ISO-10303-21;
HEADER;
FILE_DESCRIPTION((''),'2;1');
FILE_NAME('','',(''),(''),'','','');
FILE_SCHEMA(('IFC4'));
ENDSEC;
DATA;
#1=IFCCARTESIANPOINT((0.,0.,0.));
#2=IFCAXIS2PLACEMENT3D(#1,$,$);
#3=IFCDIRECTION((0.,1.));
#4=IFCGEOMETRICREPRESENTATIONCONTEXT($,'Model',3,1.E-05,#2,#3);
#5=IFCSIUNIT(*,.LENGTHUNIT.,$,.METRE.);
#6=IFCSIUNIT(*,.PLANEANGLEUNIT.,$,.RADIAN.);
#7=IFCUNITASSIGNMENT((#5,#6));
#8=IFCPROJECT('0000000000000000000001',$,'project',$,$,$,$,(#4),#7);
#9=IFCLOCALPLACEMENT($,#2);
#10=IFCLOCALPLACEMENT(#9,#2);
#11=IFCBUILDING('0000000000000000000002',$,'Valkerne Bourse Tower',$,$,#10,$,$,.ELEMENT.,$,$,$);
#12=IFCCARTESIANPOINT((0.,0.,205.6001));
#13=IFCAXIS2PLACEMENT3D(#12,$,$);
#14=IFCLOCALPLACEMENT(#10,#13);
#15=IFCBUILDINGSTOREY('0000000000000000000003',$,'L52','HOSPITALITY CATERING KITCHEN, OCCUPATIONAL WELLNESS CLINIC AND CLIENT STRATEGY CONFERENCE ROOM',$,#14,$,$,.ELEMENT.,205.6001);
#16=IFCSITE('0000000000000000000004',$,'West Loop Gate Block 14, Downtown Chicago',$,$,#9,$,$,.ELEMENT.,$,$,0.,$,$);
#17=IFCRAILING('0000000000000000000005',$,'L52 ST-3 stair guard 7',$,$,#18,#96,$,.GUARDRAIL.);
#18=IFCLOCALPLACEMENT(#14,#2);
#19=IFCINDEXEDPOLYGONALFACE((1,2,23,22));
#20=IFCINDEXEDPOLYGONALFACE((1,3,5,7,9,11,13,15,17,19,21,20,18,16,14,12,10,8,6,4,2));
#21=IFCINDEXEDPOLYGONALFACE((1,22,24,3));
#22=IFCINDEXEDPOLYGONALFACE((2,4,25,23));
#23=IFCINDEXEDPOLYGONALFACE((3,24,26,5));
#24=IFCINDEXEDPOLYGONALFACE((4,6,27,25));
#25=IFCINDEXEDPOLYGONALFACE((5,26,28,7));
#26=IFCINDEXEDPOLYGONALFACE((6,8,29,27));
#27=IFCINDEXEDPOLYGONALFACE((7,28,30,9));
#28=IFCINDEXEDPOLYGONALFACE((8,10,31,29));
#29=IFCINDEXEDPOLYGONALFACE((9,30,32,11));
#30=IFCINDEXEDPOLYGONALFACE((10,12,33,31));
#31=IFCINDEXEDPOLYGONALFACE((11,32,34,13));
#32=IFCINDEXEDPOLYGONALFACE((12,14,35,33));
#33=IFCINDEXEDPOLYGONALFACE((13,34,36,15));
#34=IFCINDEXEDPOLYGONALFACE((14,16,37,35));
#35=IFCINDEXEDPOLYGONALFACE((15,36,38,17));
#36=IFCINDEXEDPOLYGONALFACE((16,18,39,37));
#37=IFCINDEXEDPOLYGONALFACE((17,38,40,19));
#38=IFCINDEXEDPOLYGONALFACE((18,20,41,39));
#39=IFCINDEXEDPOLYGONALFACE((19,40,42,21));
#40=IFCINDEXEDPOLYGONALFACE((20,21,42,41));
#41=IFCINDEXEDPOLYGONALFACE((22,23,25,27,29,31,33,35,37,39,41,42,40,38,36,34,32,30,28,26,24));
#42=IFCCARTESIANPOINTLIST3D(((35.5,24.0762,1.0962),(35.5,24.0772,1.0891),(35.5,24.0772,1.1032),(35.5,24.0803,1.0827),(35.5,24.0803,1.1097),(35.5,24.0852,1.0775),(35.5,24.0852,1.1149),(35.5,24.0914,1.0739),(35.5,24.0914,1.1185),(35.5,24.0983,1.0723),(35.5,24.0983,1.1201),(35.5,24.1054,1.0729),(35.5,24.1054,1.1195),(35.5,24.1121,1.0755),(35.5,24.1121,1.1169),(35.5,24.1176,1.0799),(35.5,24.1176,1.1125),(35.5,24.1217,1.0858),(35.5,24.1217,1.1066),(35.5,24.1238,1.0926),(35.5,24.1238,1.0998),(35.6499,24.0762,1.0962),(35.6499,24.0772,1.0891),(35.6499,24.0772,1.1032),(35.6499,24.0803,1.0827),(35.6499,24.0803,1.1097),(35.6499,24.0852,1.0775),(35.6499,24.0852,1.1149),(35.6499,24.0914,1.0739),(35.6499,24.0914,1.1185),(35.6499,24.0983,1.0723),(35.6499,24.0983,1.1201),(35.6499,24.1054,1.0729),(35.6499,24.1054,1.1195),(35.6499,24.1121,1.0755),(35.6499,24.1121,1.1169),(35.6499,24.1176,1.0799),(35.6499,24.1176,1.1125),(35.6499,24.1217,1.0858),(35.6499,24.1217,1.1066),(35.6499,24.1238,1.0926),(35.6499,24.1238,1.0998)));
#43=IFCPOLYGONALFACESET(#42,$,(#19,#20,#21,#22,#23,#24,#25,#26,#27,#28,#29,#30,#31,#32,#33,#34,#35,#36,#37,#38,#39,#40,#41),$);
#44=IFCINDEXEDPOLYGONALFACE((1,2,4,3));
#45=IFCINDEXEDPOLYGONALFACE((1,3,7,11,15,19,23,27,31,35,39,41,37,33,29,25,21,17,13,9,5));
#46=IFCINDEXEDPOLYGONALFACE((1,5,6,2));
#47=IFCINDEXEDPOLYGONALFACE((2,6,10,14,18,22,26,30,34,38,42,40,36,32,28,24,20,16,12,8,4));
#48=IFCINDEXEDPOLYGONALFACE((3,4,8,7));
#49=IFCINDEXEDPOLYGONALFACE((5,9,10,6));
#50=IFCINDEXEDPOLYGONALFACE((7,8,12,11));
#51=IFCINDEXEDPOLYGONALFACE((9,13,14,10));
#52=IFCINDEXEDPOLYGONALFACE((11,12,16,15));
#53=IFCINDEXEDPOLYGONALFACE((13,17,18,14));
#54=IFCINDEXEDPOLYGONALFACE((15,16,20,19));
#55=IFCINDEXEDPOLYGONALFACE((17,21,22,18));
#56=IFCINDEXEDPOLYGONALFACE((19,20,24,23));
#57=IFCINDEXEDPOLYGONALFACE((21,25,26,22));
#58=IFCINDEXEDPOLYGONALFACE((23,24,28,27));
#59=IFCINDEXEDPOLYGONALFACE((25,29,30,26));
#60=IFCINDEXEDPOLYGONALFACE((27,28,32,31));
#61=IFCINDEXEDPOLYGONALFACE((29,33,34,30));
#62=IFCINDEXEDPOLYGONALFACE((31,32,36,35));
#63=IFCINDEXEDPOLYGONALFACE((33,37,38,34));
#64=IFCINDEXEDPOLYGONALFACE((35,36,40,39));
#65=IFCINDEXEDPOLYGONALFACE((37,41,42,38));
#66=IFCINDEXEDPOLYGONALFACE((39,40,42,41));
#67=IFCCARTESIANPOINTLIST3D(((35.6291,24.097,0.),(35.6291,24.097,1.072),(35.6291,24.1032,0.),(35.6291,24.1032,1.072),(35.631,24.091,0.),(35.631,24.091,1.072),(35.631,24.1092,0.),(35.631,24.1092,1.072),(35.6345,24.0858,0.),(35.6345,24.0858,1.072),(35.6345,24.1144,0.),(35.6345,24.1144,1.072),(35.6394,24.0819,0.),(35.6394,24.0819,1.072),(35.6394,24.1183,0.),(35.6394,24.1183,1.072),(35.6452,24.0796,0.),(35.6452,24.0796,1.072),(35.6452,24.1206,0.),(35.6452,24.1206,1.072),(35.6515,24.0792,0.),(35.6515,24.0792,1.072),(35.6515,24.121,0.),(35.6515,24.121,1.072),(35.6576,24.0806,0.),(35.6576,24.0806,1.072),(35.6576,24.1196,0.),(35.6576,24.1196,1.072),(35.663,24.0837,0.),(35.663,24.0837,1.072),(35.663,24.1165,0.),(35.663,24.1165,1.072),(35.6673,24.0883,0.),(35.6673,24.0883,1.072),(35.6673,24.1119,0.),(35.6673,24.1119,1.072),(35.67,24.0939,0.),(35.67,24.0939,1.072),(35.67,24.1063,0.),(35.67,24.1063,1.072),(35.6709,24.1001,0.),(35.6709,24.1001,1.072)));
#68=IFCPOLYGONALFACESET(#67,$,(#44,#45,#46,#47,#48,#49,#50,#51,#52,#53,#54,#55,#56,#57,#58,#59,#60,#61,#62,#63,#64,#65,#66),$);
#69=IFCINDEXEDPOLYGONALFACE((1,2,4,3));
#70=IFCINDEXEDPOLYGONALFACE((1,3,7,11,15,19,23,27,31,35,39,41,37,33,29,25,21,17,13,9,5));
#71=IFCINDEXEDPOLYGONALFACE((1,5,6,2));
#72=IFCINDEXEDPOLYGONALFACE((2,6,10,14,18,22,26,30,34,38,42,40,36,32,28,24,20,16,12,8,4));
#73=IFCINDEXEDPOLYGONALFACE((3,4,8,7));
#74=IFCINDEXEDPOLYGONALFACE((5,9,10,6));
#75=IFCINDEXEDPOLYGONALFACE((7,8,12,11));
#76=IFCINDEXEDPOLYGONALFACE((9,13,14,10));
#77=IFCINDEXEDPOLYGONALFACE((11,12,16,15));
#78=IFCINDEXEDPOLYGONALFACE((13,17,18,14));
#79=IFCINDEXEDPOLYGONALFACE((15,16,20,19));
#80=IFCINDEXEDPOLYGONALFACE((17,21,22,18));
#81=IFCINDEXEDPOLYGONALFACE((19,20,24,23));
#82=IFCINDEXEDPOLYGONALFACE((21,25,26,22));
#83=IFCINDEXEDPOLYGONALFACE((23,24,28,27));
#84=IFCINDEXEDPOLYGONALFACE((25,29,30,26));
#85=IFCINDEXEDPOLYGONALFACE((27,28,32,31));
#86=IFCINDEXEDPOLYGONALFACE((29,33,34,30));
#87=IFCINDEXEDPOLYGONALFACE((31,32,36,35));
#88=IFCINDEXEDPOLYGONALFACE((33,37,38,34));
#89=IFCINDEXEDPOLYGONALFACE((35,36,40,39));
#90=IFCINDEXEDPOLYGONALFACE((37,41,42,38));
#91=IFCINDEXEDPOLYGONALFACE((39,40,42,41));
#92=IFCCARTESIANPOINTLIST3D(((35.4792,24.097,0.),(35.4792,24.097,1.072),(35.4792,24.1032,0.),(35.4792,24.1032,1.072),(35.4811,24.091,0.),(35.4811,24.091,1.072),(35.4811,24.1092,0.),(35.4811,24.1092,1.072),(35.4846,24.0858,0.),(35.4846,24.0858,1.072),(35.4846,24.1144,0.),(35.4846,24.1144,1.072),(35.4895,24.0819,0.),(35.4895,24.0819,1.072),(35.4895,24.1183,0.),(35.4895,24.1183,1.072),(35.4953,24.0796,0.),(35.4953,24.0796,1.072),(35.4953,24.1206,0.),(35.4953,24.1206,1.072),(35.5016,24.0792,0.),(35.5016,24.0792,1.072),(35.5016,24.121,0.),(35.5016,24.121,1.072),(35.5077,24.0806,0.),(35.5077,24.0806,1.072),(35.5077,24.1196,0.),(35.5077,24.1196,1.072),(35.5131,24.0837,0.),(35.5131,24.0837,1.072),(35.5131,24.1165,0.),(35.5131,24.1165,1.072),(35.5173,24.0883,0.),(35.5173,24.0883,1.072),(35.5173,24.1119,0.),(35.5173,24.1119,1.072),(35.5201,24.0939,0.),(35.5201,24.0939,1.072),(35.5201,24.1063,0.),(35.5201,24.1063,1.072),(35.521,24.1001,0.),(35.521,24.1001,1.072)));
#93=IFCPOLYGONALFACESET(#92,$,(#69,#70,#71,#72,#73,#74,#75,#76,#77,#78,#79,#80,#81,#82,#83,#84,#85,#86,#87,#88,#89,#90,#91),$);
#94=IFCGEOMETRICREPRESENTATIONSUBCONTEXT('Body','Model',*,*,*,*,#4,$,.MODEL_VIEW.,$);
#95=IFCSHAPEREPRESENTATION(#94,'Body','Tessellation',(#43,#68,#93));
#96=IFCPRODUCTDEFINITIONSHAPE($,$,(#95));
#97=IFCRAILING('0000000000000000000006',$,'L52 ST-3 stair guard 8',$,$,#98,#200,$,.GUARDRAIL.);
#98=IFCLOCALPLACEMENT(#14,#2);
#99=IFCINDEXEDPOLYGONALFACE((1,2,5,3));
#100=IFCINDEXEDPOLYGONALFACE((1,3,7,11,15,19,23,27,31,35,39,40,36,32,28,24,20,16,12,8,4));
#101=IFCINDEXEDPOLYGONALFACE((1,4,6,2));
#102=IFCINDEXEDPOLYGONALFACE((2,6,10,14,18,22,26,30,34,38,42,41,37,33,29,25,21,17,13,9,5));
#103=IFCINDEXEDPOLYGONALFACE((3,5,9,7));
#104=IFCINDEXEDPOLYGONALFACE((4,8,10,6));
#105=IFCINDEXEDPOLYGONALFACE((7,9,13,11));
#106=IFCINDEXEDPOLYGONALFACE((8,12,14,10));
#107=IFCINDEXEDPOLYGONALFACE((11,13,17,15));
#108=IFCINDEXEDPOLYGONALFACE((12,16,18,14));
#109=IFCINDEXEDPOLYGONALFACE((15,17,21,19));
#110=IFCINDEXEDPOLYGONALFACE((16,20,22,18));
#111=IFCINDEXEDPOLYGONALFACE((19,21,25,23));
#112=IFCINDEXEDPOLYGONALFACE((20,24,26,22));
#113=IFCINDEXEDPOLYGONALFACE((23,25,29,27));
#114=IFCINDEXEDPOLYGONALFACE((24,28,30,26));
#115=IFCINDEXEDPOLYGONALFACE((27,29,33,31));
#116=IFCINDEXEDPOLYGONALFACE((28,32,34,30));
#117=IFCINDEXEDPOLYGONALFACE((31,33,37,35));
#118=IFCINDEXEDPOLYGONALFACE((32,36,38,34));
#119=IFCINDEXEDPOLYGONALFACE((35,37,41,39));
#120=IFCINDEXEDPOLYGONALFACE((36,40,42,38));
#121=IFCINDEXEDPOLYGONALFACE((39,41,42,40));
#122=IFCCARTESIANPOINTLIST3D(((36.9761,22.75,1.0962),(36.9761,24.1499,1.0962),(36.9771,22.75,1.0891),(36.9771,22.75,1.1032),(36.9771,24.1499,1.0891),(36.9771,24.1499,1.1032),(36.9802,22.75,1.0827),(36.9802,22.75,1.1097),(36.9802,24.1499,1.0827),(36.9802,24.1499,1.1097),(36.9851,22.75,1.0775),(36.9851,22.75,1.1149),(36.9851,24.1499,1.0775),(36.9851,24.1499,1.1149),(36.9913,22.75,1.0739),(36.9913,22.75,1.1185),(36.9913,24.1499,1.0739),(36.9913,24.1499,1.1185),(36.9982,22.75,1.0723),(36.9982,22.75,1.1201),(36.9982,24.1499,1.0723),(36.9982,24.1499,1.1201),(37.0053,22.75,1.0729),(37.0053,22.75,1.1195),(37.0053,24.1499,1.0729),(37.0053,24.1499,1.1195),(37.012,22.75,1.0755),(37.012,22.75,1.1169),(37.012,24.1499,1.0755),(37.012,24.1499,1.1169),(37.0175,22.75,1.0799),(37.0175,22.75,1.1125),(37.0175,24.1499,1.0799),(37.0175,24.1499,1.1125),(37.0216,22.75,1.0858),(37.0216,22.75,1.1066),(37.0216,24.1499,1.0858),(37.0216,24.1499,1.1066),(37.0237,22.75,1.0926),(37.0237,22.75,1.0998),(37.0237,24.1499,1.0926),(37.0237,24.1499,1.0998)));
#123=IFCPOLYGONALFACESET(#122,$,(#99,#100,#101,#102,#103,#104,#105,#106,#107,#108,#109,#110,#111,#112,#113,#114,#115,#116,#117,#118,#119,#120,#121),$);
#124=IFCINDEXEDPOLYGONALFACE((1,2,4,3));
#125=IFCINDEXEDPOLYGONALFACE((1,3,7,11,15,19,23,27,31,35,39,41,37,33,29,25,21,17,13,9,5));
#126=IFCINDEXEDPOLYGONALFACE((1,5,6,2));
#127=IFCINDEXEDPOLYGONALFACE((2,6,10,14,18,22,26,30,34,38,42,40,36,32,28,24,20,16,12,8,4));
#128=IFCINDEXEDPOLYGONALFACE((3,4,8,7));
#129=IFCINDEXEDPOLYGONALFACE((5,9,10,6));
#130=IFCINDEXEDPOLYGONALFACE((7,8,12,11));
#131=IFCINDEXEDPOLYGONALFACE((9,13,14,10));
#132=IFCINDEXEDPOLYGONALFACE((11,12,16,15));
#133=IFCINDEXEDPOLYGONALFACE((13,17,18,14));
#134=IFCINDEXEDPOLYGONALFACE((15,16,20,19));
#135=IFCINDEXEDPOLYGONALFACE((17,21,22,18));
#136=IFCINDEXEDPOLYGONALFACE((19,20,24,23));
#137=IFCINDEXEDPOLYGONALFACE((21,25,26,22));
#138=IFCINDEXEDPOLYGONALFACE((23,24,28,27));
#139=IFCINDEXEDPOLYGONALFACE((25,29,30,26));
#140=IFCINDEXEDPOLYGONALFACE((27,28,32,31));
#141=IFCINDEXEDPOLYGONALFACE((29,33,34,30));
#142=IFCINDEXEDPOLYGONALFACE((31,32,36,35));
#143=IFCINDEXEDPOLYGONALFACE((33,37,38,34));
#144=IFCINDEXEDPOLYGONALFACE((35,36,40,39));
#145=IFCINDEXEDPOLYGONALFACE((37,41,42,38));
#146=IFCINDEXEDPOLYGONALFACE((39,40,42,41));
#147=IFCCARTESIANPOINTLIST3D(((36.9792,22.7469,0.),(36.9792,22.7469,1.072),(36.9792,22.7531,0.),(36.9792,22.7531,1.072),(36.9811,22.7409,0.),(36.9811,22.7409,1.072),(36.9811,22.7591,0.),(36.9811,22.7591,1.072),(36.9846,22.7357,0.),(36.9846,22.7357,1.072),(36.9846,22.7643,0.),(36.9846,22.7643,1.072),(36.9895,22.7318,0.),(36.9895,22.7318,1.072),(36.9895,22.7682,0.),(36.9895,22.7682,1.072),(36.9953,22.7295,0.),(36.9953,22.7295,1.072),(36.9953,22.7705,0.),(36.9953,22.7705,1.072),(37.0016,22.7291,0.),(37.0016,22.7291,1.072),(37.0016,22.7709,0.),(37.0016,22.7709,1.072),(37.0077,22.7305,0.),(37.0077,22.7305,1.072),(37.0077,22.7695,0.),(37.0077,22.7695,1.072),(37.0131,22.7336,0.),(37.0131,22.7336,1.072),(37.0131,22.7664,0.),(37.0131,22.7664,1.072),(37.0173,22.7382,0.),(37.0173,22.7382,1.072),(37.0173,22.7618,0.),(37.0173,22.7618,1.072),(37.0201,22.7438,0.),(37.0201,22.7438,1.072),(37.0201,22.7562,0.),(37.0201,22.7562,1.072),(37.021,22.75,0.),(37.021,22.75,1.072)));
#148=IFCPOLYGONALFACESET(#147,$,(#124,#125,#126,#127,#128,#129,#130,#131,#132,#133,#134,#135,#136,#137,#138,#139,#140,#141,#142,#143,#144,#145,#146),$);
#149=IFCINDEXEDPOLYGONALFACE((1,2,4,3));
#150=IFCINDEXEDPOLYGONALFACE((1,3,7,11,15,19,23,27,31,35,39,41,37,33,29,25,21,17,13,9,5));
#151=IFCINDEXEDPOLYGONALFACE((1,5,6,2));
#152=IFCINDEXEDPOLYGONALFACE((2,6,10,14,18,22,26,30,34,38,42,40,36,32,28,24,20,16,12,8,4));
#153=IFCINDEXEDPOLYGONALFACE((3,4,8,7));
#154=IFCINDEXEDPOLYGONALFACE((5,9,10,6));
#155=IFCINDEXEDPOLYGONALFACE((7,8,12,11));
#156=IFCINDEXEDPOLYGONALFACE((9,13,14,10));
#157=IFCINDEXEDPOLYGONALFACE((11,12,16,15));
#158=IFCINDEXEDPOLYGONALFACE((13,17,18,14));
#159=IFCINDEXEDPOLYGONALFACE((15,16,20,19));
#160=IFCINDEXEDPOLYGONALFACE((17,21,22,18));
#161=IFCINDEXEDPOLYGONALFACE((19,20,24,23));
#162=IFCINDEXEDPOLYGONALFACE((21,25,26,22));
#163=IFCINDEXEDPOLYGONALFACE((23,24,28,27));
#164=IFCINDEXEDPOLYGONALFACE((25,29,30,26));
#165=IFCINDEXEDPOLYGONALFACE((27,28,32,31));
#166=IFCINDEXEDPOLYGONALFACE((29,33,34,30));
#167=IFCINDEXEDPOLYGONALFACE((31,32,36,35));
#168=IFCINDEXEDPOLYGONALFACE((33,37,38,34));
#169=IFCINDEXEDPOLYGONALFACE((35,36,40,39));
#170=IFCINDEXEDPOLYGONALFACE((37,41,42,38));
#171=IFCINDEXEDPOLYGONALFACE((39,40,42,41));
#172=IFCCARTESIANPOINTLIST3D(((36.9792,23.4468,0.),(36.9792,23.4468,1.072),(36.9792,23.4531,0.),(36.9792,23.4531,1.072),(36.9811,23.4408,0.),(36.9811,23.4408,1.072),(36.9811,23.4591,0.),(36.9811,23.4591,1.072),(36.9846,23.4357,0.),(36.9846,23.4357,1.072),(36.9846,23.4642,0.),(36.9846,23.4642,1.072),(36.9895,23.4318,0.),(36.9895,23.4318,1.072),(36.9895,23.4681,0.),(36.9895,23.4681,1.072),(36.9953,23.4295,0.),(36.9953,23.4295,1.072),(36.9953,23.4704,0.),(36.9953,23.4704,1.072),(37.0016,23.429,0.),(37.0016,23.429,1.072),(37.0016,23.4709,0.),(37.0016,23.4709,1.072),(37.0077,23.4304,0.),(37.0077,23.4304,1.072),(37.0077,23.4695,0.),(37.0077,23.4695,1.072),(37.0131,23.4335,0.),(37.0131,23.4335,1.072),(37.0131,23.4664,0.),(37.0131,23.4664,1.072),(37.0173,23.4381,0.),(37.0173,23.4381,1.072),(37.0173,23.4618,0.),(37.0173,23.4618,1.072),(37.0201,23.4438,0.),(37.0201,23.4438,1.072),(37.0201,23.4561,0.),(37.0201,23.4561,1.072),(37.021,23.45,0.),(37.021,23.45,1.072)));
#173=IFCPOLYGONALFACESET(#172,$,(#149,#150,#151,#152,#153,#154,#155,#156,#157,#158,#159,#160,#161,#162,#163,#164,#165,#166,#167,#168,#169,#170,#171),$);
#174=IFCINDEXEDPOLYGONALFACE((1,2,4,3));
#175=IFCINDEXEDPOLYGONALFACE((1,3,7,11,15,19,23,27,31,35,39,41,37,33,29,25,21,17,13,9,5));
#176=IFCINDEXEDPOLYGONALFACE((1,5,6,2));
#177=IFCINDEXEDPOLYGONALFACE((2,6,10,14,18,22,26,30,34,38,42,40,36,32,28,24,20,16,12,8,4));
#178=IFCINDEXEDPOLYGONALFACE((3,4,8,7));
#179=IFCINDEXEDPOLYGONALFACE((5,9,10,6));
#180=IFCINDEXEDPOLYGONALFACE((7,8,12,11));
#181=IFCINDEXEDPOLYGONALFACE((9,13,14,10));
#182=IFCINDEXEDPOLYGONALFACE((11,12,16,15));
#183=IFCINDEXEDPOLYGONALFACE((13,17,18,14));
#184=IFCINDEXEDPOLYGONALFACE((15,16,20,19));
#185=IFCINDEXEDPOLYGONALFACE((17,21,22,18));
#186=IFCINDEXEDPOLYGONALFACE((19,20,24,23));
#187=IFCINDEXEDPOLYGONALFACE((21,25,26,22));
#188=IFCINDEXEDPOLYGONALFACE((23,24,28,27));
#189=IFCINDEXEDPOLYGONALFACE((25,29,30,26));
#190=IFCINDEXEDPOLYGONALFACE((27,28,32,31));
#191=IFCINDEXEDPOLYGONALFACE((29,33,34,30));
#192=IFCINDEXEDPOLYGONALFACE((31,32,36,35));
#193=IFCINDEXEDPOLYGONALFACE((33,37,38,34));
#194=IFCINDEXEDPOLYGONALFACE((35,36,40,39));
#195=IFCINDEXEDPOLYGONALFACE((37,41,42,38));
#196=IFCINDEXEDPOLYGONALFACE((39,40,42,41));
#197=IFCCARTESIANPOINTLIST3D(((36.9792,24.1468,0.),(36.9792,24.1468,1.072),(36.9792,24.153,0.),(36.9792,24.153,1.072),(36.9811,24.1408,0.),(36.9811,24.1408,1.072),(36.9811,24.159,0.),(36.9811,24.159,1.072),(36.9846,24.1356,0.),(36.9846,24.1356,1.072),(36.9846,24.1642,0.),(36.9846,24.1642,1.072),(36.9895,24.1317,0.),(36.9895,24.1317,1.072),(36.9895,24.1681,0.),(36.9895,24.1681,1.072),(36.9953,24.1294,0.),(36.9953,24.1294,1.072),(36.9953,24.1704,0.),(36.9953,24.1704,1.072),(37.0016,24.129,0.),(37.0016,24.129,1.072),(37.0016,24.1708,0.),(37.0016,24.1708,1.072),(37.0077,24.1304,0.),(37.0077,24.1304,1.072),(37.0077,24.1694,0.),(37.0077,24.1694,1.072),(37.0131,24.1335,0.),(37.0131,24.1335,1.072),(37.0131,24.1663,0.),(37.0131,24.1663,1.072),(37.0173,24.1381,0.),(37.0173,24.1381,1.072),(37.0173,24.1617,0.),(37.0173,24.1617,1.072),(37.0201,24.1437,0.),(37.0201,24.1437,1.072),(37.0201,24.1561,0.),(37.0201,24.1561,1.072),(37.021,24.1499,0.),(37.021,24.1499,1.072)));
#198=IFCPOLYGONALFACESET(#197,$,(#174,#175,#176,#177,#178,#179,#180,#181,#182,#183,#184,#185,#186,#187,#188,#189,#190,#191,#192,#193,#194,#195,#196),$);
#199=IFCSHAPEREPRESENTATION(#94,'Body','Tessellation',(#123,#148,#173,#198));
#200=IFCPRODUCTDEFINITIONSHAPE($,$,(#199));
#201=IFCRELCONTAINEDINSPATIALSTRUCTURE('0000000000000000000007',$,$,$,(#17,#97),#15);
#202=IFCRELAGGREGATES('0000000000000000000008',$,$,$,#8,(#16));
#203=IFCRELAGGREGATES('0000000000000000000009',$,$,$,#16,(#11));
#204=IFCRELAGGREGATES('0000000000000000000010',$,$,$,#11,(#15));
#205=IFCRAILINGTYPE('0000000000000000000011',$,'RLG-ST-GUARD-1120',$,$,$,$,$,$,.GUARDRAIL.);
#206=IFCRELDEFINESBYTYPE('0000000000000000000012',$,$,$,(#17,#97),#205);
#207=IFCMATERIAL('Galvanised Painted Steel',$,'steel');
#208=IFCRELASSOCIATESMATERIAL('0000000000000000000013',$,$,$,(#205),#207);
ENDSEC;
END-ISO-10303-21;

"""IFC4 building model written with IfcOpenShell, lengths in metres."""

from ifc_helpers import new_model, si_unit, direction, frame, origin, origin_2d, place, context, subcontext, project, spatial, circle, extrude, material, type_object, element, save


model = new_model("IFC4")

# Units and contexts
model_context = context("Model", 3, precision=1e-05, world=origin(), true_north=direction((0.0, 1.0)))
body_context = subcontext(model_context, "Body", "Model", "MODEL_VIEW")
ifc_project = project(units=[si_unit("LENGTHUNIT", "METRE"), si_unit("PLANEANGLEUNIT", "RADIAN")], contexts=[model_context])

# Site, building, storey
site_placement = place(None, origin())
site = spatial("IfcSite", under=ifc_project, at=site_placement, Name="West Loop Gate Block 14, Downtown Chicago", CompositionType="ELEMENT", RefElevation=0.0)
building_placement = place(site_placement, origin())
building = spatial("IfcBuilding", under=site, at=building_placement, Name="Valkerne Bourse Tower", CompositionType="ELEMENT")
storey_placement = place(building_placement, frame((0.0, 0.0, 205.6001)))
storey = spatial("IfcBuildingStorey", under=building, at=storey_placement, Name="L52", Description="HOSPITALITY CATERING KITCHEN, OCCUPATIONAL WELLNESS CLINIC AND CLIENT STRATEGY CONFERENCE ROOM", CompositionType="ELEMENT", Elevation=205.6001)

# Railings
ifc_material_1 = material(Name="Galvanised Painted Steel", Category="steel")
railing_type_1 = type_object("IfcRailingType", Name="RLG-ST-GUARD-1120", PredefinedType="GUARDRAIL", material=ifc_material_1)
railing_1_placement = place(storey_placement, frame((35.6499, 24.1001, 0.0)))
element("IfcRailing", 1, at=railing_1_placement, inside=storey, type_object=railing_type_1, Name="L52 ST-3 stair guard 7", PredefinedType="GUARDRAIL", context=body_context, shape_type="SweptSolid", body=[
    extrude(circle(Radius=0.0239, at=origin_2d()), frame((0.0, 0.0, 1.0962), z_axis=(-1.0, 0.0, 0.0), x_axis=(0.0, -1.0, 0.0)), (0.0, 0.0, 1.0), 0.1499),
    extrude(circle(Radius=0.021, at=origin_2d()), origin(), (0.0, 0.0, 1.0), 1.072),
    extrude(circle(Radius=0.021, at=origin_2d()), frame((-0.1499, 0.0, 0.0)), (0.0, 0.0, 1.0), 1.072),
])
railing_2_placement = place(storey_placement, frame((37.0, 22.75, 0.0)))
element("IfcRailing", 2, at=railing_2_placement, inside=storey, type_object=railing_type_1, Name="L52 ST-3 stair guard 8", PredefinedType="GUARDRAIL", context=body_context, shape_type="SweptSolid", body=[
    extrude(circle(Radius=0.0239, at=origin_2d()), frame((0.0, 0.0, 1.0962), z_axis=(0.0, 1.0, 0.0), x_axis=(-1.0, 0.0, 0.0)), (0.0, 0.0, 1.0), 1.3999),
    extrude(circle(Radius=0.021, at=origin_2d()), origin(), (0.0, 0.0, 1.0), 1.072),
    extrude(circle(Radius=0.021, at=origin_2d()), frame((0.0, 0.7, 0.0)), (0.0, 0.0, 1.0), 1.072),
    extrude(circle(Radius=0.021, at=origin_2d()), frame((0.0, 1.3999, 0.0)), (0.0, 0.0, 1.0), 1.072),
])

save(model, "model.ifc")
